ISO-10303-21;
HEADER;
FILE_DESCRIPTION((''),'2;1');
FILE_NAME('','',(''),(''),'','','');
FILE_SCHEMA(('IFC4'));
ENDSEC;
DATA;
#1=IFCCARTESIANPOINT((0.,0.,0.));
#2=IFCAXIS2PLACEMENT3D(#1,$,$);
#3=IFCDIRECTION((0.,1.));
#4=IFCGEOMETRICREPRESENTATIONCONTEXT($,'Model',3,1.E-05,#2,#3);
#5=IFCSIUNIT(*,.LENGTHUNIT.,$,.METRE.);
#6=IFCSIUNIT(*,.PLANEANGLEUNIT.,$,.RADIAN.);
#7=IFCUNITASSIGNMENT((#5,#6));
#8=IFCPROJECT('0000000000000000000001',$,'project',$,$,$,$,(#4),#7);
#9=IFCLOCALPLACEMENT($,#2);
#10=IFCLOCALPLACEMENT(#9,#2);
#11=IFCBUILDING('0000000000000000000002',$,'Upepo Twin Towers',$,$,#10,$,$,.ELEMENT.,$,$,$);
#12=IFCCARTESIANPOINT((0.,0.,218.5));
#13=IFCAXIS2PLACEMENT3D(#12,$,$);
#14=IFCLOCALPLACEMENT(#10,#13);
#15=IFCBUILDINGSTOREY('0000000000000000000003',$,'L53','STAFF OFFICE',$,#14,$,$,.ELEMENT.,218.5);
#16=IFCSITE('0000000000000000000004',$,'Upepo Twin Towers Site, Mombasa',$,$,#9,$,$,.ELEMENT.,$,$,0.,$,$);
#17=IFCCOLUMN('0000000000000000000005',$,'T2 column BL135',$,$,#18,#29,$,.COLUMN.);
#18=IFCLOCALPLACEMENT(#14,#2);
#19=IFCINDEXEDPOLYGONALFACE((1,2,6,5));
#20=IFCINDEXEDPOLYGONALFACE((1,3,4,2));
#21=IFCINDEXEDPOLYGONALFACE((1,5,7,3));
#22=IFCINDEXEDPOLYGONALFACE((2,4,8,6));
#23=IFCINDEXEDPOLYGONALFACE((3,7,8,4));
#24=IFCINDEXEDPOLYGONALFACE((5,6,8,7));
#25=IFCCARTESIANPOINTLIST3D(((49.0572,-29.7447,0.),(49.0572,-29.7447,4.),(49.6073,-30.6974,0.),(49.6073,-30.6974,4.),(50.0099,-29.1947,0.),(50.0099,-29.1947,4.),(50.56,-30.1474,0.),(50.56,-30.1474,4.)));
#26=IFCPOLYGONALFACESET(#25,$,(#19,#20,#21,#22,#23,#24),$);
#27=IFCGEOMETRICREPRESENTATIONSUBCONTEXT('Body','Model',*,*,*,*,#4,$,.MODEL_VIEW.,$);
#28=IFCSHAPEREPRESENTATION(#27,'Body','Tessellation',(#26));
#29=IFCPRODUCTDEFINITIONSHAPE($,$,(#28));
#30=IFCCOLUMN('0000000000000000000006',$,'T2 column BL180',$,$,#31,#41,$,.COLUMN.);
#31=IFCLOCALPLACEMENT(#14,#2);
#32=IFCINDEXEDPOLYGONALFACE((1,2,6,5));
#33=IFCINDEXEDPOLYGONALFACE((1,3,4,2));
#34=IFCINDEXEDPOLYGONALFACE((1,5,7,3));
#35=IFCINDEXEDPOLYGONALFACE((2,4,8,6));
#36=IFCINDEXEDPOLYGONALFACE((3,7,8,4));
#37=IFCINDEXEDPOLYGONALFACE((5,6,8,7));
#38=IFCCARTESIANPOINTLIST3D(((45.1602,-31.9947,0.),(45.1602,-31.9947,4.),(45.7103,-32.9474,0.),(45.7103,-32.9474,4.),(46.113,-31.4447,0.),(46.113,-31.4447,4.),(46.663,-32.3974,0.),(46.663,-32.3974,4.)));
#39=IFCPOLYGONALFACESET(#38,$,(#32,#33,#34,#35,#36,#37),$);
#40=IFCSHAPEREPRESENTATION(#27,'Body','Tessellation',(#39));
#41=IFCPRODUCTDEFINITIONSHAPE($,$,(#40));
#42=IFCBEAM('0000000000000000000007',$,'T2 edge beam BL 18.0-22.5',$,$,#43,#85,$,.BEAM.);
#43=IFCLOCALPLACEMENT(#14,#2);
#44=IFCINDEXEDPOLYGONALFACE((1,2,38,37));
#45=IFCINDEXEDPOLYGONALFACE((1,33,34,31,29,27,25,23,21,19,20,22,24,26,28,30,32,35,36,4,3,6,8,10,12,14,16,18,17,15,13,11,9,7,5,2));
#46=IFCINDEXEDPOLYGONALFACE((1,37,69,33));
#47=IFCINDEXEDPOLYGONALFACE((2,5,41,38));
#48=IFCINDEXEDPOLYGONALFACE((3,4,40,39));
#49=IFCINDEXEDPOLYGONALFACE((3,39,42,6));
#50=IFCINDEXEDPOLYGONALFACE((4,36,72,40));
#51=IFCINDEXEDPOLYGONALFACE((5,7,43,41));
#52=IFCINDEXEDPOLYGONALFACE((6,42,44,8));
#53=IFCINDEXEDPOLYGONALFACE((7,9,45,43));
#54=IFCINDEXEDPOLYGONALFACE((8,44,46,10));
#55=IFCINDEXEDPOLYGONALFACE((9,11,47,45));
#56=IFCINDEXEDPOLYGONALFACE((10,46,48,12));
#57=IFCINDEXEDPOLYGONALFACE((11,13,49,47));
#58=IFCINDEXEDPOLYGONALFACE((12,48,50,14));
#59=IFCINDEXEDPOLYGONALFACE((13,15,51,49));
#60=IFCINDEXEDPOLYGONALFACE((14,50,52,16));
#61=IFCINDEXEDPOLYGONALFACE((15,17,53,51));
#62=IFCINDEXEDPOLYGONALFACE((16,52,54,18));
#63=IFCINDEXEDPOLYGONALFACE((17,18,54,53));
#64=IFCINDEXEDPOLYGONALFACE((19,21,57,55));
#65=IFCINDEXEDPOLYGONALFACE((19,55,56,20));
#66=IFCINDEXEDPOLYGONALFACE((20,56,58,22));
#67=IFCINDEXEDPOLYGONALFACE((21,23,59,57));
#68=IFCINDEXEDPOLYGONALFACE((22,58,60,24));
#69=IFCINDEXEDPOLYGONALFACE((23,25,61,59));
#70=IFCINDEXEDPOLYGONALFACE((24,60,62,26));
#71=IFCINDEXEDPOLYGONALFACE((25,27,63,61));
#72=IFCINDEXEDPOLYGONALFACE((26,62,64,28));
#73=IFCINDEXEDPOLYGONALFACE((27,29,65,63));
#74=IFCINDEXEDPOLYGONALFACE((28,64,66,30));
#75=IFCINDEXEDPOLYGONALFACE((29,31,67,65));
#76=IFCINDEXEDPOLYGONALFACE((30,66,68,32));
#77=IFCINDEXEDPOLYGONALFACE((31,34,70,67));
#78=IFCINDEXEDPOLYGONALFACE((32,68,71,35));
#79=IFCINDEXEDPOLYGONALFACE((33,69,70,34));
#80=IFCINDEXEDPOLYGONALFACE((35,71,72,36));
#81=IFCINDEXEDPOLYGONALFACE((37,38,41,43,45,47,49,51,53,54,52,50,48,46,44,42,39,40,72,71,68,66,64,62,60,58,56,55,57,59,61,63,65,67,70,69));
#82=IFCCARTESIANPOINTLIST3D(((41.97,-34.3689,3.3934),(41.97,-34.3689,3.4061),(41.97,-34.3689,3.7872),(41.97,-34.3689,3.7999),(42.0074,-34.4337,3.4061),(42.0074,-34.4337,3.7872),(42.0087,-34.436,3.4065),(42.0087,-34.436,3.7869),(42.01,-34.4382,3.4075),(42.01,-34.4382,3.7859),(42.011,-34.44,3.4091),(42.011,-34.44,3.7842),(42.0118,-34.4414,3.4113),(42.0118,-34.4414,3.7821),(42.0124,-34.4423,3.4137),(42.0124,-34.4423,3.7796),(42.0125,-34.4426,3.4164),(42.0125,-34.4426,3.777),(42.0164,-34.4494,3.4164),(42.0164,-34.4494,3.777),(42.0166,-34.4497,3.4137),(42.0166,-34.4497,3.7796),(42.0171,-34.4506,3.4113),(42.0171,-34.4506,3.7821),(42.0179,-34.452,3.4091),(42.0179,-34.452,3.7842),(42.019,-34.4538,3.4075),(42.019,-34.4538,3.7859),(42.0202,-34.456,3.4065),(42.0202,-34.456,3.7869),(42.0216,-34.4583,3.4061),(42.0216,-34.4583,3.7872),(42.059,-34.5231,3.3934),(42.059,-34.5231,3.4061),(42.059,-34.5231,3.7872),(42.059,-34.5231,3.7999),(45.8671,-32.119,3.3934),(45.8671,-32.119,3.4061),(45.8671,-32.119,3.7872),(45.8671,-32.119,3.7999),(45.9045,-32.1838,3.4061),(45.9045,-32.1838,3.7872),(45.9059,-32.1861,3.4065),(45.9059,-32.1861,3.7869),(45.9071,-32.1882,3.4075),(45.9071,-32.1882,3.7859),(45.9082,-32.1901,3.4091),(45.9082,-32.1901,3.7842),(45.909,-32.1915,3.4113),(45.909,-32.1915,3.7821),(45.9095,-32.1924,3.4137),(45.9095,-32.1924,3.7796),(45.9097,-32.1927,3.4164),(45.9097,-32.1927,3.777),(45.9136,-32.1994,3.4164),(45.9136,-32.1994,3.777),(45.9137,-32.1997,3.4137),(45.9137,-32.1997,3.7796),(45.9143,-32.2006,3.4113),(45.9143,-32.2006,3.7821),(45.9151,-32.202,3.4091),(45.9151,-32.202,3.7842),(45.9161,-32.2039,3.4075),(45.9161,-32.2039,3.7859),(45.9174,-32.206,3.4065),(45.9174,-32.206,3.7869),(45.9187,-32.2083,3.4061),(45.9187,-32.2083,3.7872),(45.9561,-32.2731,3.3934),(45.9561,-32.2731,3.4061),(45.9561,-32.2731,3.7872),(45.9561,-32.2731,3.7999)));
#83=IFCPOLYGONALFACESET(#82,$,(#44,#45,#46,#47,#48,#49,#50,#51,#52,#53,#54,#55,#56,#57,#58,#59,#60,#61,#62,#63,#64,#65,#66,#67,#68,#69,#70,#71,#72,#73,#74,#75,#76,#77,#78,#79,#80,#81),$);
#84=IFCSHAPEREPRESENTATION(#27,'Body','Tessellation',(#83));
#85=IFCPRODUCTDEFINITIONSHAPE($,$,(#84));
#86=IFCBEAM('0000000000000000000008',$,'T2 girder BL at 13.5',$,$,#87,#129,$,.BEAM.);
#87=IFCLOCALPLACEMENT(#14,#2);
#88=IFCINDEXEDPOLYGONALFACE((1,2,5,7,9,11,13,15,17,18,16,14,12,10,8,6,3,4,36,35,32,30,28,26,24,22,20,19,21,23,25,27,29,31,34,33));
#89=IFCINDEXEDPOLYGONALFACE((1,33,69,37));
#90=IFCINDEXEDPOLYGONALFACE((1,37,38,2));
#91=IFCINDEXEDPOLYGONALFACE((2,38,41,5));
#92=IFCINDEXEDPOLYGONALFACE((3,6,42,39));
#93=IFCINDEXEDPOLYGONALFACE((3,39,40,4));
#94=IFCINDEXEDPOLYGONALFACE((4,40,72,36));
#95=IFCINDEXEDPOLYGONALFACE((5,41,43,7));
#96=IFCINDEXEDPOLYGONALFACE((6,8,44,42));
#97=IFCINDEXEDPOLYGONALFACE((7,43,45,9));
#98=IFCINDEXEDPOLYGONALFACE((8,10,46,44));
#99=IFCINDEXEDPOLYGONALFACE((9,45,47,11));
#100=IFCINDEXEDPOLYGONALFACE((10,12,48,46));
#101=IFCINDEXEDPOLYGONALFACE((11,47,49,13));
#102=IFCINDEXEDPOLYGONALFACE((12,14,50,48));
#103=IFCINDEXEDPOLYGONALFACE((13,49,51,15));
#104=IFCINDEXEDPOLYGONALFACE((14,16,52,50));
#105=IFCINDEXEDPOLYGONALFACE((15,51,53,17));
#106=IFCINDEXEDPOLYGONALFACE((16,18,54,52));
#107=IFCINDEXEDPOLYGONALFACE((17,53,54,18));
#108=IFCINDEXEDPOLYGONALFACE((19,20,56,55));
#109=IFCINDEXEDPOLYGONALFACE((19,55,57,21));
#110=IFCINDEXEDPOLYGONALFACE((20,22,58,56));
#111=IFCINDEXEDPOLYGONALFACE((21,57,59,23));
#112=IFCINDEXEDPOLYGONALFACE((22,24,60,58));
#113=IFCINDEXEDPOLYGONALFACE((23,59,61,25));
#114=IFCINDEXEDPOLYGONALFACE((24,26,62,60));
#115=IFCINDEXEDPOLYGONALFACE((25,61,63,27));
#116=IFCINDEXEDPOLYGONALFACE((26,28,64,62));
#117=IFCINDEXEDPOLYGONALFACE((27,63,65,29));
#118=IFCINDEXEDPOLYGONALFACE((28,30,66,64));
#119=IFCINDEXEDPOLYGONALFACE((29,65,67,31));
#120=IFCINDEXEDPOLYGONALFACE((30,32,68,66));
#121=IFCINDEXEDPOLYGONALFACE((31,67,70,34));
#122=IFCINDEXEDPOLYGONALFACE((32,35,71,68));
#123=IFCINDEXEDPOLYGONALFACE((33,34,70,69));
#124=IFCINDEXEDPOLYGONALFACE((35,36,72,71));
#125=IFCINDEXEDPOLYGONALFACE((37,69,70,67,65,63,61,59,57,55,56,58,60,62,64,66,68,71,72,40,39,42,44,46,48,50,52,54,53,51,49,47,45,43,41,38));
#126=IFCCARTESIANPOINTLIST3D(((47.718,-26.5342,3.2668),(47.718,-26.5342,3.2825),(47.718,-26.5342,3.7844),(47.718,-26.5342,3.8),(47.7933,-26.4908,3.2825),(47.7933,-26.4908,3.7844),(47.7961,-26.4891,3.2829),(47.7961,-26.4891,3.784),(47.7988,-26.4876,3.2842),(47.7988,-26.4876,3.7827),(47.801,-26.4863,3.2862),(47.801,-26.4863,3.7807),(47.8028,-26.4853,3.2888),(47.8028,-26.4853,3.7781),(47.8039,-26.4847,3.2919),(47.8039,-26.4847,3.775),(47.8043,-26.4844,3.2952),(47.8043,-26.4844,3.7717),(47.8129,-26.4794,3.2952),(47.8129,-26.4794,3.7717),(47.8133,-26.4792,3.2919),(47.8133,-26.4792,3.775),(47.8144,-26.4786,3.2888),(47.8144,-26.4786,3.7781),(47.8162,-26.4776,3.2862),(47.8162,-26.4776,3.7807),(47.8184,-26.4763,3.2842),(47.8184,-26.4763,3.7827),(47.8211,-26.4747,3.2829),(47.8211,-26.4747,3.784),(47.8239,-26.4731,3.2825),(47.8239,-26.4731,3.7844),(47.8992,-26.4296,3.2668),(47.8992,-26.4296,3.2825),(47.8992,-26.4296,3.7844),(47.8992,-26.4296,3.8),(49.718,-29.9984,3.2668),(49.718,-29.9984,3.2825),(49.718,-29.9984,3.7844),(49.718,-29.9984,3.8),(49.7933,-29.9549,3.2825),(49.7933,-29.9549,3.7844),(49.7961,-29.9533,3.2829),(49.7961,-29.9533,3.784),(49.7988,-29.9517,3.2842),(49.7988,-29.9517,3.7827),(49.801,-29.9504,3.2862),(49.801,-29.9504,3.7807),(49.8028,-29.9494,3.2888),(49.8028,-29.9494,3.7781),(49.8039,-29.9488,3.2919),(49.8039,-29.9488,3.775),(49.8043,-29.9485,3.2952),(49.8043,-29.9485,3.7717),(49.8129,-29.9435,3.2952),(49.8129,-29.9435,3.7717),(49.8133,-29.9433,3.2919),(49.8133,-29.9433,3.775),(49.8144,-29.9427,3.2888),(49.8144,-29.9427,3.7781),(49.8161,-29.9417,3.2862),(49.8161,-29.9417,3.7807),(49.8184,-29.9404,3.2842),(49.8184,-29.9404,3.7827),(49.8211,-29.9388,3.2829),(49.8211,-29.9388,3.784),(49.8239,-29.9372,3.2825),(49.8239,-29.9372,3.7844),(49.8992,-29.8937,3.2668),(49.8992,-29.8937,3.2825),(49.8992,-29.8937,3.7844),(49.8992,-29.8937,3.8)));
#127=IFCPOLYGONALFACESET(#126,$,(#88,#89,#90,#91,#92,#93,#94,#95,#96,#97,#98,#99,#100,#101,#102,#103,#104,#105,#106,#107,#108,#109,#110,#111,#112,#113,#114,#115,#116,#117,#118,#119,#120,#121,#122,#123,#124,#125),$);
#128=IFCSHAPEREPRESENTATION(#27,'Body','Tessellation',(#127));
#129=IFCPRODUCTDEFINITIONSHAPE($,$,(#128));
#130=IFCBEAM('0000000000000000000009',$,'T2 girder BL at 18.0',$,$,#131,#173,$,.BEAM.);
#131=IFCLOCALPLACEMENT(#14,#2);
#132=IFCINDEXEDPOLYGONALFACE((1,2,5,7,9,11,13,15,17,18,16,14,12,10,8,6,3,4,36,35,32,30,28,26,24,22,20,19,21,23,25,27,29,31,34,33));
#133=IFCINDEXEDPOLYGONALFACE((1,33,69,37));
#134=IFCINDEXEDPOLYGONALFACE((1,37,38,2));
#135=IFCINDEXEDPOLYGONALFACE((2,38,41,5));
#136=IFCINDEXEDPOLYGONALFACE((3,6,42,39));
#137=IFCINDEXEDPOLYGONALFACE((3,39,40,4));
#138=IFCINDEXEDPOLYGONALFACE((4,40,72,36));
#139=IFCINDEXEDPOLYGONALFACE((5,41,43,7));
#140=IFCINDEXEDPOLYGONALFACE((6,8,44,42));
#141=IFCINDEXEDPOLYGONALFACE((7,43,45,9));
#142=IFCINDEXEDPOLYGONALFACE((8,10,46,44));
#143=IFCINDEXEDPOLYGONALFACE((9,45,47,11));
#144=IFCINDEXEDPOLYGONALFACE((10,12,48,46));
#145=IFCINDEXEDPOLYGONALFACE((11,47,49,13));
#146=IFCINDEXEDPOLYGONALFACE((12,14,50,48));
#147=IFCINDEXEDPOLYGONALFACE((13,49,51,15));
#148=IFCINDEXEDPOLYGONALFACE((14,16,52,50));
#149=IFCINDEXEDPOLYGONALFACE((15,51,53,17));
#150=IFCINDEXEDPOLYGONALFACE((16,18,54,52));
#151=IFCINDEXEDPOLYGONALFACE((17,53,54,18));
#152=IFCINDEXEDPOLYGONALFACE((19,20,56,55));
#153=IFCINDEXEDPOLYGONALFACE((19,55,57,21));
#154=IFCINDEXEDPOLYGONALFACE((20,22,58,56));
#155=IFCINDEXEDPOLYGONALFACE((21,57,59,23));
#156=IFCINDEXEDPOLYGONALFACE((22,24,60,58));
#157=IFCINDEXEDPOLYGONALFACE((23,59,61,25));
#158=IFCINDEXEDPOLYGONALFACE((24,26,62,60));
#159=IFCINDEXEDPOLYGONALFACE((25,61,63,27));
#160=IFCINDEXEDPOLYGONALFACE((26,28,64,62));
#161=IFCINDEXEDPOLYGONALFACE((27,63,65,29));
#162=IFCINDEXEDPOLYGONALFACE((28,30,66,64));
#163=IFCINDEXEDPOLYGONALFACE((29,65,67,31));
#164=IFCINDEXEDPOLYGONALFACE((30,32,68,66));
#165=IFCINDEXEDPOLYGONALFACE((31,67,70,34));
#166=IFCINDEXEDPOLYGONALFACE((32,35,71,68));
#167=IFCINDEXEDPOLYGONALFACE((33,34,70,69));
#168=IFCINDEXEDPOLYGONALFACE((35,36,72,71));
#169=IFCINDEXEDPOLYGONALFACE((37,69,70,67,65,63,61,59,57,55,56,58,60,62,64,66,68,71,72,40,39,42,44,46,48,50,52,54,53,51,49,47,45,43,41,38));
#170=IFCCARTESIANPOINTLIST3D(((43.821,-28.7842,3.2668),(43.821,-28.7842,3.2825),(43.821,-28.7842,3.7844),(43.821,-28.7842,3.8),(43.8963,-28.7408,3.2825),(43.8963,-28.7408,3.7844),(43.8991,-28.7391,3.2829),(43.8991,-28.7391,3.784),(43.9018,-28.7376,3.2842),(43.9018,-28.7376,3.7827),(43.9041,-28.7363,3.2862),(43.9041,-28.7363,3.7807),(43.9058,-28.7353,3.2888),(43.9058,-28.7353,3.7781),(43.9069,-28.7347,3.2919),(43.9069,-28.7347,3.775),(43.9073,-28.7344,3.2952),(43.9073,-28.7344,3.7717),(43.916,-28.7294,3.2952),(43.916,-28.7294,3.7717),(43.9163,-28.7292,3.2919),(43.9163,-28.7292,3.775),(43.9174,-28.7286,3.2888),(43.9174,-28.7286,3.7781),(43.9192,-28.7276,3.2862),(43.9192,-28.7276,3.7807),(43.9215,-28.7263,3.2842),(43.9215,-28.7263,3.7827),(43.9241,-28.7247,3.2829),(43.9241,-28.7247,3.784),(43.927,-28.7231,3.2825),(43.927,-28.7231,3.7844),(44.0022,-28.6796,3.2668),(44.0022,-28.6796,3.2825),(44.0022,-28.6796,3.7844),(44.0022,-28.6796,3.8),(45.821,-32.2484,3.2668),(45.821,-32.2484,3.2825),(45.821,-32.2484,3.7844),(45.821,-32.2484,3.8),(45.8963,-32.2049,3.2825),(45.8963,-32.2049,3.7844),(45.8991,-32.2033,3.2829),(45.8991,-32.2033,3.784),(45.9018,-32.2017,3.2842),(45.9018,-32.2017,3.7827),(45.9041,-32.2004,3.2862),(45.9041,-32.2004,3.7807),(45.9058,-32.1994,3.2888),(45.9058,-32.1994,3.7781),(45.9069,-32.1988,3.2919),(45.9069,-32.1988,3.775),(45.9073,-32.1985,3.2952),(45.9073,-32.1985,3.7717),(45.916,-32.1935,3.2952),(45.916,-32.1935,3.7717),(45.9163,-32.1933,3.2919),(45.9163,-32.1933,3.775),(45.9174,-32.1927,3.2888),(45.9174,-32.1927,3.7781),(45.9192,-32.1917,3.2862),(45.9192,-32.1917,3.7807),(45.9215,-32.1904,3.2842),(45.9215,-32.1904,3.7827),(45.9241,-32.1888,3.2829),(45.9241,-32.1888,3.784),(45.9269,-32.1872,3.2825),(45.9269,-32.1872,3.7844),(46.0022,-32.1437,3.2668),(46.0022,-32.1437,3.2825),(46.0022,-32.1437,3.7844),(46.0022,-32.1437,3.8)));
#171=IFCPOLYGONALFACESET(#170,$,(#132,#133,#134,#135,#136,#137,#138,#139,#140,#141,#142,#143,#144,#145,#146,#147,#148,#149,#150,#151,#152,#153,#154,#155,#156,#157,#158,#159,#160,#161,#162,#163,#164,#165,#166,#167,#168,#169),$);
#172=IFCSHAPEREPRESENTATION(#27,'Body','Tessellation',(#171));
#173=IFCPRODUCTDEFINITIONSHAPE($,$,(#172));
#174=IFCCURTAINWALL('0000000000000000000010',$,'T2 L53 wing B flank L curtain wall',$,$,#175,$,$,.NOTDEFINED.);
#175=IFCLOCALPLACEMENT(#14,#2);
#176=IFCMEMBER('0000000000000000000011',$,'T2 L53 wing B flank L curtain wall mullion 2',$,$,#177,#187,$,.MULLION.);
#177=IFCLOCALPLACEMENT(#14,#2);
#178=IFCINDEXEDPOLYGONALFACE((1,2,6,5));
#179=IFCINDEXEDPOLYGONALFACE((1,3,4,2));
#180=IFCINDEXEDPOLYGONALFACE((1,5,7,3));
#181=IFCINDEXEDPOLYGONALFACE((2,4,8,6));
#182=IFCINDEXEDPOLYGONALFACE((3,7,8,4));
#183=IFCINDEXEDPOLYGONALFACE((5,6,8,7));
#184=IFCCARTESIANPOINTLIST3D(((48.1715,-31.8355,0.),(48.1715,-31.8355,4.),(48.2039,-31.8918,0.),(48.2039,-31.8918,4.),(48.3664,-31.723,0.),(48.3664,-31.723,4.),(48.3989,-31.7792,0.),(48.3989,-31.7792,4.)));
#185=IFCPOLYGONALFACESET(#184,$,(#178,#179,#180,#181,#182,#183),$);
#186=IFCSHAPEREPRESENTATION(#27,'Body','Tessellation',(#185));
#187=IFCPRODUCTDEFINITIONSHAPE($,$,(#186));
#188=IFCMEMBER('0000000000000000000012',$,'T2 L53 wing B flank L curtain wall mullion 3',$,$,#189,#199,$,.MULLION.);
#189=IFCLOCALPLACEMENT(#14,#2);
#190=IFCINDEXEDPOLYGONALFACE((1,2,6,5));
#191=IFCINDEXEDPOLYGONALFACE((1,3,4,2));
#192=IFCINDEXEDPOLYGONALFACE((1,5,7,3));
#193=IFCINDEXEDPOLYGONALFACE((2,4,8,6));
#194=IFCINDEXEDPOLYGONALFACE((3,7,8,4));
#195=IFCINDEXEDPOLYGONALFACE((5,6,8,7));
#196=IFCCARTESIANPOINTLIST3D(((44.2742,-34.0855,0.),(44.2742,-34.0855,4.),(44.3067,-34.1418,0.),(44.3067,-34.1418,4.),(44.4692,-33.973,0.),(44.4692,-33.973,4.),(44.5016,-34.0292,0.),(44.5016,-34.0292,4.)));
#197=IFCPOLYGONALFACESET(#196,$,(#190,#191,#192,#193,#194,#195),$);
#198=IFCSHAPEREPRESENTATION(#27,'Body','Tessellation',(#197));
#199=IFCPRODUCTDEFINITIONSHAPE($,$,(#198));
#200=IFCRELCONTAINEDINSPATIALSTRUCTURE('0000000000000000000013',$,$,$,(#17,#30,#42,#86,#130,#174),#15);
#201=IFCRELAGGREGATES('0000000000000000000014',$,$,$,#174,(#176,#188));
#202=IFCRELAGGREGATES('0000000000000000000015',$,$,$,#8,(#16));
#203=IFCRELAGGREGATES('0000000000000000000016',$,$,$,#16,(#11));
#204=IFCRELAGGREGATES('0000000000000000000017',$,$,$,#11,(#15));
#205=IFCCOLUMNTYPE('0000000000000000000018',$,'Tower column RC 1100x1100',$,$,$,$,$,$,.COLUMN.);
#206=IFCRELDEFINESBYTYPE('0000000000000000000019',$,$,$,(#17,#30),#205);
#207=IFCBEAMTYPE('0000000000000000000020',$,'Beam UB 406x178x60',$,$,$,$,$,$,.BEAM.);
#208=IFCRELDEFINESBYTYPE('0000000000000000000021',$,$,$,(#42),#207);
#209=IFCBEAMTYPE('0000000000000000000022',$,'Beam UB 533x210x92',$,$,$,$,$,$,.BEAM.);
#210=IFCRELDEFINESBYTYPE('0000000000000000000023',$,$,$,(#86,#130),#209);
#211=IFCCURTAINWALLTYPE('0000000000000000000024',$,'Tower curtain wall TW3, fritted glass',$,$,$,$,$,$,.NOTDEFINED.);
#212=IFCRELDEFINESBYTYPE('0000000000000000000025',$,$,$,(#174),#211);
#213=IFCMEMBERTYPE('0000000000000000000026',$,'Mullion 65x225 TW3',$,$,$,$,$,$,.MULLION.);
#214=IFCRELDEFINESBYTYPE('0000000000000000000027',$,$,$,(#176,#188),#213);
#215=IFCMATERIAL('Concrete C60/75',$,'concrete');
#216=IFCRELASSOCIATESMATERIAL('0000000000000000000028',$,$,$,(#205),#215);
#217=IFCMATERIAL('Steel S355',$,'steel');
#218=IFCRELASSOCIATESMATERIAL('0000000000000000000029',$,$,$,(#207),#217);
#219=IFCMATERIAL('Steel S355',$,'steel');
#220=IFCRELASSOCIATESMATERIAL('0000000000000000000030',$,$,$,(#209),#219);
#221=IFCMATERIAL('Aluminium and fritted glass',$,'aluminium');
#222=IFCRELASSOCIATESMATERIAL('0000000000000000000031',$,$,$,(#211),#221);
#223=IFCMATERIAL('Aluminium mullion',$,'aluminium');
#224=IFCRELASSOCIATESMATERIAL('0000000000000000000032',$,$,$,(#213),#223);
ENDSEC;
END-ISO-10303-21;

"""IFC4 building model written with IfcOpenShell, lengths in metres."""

from ifc_helpers import new_model, si_unit, direction, frame, origin, origin_2d, place, context, subcontext, project, spatial, rectangle, i_section, extrude, material, material_profile, profile_set, type_object, element, aggregate, save


model = new_model("IFC4")

# Units and contexts
model_context = context("Model", 3, precision=1e-05, world=origin(), true_north=direction((0.0, 1.0)))
body_context = subcontext(model_context, "Body", "Model", "MODEL_VIEW")
ifc_project = project(units=[si_unit("LENGTHUNIT", "METRE"), si_unit("PLANEANGLEUNIT", "RADIAN")], contexts=[model_context])

# Site, building, storey
site_placement = place(None, origin())
site = spatial("IfcSite", under=ifc_project, at=site_placement, Name="Upepo Twin Towers Site, Mombasa", CompositionType="ELEMENT", RefElevation=0.0)
building_placement = place(site_placement, origin())
building = spatial("IfcBuilding", under=site, at=building_placement, Name="Upepo Twin Towers", CompositionType="ELEMENT")
storey_placement = place(building_placement, frame((0.0, 0.0, 218.5)))
storey = spatial("IfcBuildingStorey", under=building, at=storey_placement, Name="L53", Description="STAFF OFFICE", CompositionType="ELEMENT", Elevation=218.5)

# Columns
ifc_material_1 = material(Name="Concrete C60/75", Category="concrete")
ifc_material_profile_1 = material_profile(ifc_material_1, rectangle(XDim=1.1001, YDim=1.1001, at=origin_2d()), Name="RC 1100x1100")
ifc_profile_set_1 = profile_set([ifc_material_profile_1], Name="Concrete C60/75")
column_type = type_object("IfcColumnType", Name="Tower column RC 1100x1100", PredefinedType="COLUMN", material=ifc_profile_set_1)
for number, where, z_axis, x_axis, name in (
    (1, (49.8086, -29.946, 0.0), (0.0, 0.0, 1.0), (0.866025, 0.5, 0.0), "T2 column BL135"),
    (2, (45.9116, -32.196, 0.0), (0.0, 0.0, 1.0), (0.866025, 0.5, 0.0), "T2 column BL180"),
):
    element("IfcColumn", number, at=place(storey_placement, frame(where, z_axis=z_axis, x_axis=x_axis)), inside=storey, type_object=column_type, Name=name, PredefinedType="COLUMN", context=body_context, shape_type="SweptSolid", body=[
        extrude(rectangle(XDim=1.1001, YDim=1.1001, at=origin_2d()), origin(), (0.0, 0.0, 1.0), 4.0),
    ])

# Beams
ifc_material_2 = material(Name="Steel S355", Category="steel")
ifc_material_profile_2 = material_profile(ifc_material_2, i_section(OverallWidth=0.178, OverallDepth=0.4065, WebThickness=0.0078, FlangeThickness=0.0127, FilletRadius=0.0103, at=origin_2d()), Name="UB 406x178x60")
ifc_profile_set_2 = profile_set([ifc_material_profile_2], Name="Steel S355")
beam_type_1 = type_object("IfcBeamType", Name="Beam UB 406x178x60", PredefinedType="BEAM", material=ifc_profile_set_2)
beam_placement = place(storey_placement, frame((45.9116, -32.196, 3.5967), z_axis=(-0.866031, -0.49999, 0.0), x_axis=(0.49999, -0.866031, 0.0)))
element("IfcBeam", 3, at=beam_placement, inside=storey, type_object=beam_type_1, Name="T2 edge beam BL 18.0-22.5", PredefinedType="BEAM", context=body_context, shape_type="SweptSolid", body=[
    extrude(i_section(OverallWidth=0.178, OverallDepth=0.4065, WebThickness=0.0078, FlangeThickness=0.0127, FilletRadius=0.0103, at=origin_2d()), origin(), (0.0, 0.0, 1.0), 4.5),
])
ifc_material_3 = material(Name="Steel S355", Category="steel")
ifc_material_profile_3 = material_profile(ifc_material_3, i_section(OverallWidth=0.2092, OverallDepth=0.5332, WebThickness=0.01, FlangeThickness=0.0156, FilletRadius=0.0127, at=origin_2d()), Name="UB 533x210x92")
ifc_profile_set_3 = profile_set([ifc_material_profile_3], Name="Steel S355")
beam_type_2 = type_object("IfcBeamType", Name="Beam UB 533x210x92", PredefinedType="BEAM", material=ifc_profile_set_3)
for number, where, z_axis, x_axis, name in (
    (4, (49.8086, -29.946, 3.5334), (-0.499999, 0.866026, 0.0), (-0.866026, -0.499999, 0.0), "T2 girder BL at 13.5"),
    (5, (45.9116, -32.196, 3.5334), (-0.499999, 0.866026, 0.0), (-0.866026, -0.499999, 0.0), "T2 girder BL at 18.0"),
):
    element("IfcBeam", number, at=place(storey_placement, frame(where, z_axis=z_axis, x_axis=x_axis)), inside=storey, type_object=beam_type_2, Name=name, PredefinedType="BEAM", context=body_context, shape_type="SweptSolid", body=[
        extrude(i_section(OverallWidth=0.2092, OverallDepth=0.5332, WebThickness=0.01, FlangeThickness=0.0156, FilletRadius=0.0127, at=origin_2d()), origin(), (0.0, 0.0, 1.0), 4.0),
    ])

# Curtain wall, members
ifc_material_4 = material(Name="Aluminium and fritted glass", Category="aluminium")
curtain_wall_type = type_object("IfcCurtainWallType", Name="Tower curtain wall TW3, fritted glass", PredefinedType="NOTDEFINED", material=ifc_material_4)
curtain_wall_placement = place(storey_placement, origin())
curtain_wall = element("IfcCurtainWall", 6, at=curtain_wall_placement, inside=storey, type_object=curtain_wall_type, Name="T2 L53 wing B flank L curtain wall", PredefinedType="NOTDEFINED")
ifc_material_5 = material(Name="Aluminium mullion", Category="aluminium")
ifc_material_profile_4 = material_profile(ifc_material_5, rectangle(XDim=0.0649, YDim=0.2251, at=origin_2d()), Name="MULLION 65x225")
ifc_profile_set_4 = profile_set([ifc_material_profile_4], Name="Aluminium mullion")
member_type_1 = type_object("IfcMemberType", Name="Mullion 65x225 TW3", PredefinedType="MULLION", material=ifc_profile_set_4)
member_1_placement = place(storey_placement, frame((48.2852, -31.8074, 0.0), z_axis=(0.0, 0.0, 1.0), x_axis=(0.5, -0.866025, 0.0)))
member_1 = element("IfcMember", 7, at=member_1_placement, type_object=member_type_1, Name="T2 L53 wing B flank L curtain wall mullion 2", PredefinedType="MULLION", context=body_context, shape_type="SweptSolid", body=[
    extrude(rectangle(XDim=0.0649, YDim=0.2251, at=origin_2d()), origin(), (0.0, 0.0, 1.0), 4.0),
])
member_2_placement = place(storey_placement, frame((44.3879, -34.0574, 0.0), z_axis=(0.0, 0.0, 1.0), x_axis=(0.5, -0.866025, 0.0)))
member_2 = element("IfcMember", 8, at=member_2_placement, type_object=member_type_1, Name="T2 L53 wing B flank L curtain wall mullion 3", PredefinedType="MULLION", context=body_context, shape_type="SweptSolid", body=[
    extrude(rectangle(XDim=0.0649, YDim=0.2251, at=origin_2d()), origin(), (0.0, 0.0, 1.0), 4.0),
])
aggregate(curtain_wall, [member_1, member_2])

save(model, "model.ifc")
